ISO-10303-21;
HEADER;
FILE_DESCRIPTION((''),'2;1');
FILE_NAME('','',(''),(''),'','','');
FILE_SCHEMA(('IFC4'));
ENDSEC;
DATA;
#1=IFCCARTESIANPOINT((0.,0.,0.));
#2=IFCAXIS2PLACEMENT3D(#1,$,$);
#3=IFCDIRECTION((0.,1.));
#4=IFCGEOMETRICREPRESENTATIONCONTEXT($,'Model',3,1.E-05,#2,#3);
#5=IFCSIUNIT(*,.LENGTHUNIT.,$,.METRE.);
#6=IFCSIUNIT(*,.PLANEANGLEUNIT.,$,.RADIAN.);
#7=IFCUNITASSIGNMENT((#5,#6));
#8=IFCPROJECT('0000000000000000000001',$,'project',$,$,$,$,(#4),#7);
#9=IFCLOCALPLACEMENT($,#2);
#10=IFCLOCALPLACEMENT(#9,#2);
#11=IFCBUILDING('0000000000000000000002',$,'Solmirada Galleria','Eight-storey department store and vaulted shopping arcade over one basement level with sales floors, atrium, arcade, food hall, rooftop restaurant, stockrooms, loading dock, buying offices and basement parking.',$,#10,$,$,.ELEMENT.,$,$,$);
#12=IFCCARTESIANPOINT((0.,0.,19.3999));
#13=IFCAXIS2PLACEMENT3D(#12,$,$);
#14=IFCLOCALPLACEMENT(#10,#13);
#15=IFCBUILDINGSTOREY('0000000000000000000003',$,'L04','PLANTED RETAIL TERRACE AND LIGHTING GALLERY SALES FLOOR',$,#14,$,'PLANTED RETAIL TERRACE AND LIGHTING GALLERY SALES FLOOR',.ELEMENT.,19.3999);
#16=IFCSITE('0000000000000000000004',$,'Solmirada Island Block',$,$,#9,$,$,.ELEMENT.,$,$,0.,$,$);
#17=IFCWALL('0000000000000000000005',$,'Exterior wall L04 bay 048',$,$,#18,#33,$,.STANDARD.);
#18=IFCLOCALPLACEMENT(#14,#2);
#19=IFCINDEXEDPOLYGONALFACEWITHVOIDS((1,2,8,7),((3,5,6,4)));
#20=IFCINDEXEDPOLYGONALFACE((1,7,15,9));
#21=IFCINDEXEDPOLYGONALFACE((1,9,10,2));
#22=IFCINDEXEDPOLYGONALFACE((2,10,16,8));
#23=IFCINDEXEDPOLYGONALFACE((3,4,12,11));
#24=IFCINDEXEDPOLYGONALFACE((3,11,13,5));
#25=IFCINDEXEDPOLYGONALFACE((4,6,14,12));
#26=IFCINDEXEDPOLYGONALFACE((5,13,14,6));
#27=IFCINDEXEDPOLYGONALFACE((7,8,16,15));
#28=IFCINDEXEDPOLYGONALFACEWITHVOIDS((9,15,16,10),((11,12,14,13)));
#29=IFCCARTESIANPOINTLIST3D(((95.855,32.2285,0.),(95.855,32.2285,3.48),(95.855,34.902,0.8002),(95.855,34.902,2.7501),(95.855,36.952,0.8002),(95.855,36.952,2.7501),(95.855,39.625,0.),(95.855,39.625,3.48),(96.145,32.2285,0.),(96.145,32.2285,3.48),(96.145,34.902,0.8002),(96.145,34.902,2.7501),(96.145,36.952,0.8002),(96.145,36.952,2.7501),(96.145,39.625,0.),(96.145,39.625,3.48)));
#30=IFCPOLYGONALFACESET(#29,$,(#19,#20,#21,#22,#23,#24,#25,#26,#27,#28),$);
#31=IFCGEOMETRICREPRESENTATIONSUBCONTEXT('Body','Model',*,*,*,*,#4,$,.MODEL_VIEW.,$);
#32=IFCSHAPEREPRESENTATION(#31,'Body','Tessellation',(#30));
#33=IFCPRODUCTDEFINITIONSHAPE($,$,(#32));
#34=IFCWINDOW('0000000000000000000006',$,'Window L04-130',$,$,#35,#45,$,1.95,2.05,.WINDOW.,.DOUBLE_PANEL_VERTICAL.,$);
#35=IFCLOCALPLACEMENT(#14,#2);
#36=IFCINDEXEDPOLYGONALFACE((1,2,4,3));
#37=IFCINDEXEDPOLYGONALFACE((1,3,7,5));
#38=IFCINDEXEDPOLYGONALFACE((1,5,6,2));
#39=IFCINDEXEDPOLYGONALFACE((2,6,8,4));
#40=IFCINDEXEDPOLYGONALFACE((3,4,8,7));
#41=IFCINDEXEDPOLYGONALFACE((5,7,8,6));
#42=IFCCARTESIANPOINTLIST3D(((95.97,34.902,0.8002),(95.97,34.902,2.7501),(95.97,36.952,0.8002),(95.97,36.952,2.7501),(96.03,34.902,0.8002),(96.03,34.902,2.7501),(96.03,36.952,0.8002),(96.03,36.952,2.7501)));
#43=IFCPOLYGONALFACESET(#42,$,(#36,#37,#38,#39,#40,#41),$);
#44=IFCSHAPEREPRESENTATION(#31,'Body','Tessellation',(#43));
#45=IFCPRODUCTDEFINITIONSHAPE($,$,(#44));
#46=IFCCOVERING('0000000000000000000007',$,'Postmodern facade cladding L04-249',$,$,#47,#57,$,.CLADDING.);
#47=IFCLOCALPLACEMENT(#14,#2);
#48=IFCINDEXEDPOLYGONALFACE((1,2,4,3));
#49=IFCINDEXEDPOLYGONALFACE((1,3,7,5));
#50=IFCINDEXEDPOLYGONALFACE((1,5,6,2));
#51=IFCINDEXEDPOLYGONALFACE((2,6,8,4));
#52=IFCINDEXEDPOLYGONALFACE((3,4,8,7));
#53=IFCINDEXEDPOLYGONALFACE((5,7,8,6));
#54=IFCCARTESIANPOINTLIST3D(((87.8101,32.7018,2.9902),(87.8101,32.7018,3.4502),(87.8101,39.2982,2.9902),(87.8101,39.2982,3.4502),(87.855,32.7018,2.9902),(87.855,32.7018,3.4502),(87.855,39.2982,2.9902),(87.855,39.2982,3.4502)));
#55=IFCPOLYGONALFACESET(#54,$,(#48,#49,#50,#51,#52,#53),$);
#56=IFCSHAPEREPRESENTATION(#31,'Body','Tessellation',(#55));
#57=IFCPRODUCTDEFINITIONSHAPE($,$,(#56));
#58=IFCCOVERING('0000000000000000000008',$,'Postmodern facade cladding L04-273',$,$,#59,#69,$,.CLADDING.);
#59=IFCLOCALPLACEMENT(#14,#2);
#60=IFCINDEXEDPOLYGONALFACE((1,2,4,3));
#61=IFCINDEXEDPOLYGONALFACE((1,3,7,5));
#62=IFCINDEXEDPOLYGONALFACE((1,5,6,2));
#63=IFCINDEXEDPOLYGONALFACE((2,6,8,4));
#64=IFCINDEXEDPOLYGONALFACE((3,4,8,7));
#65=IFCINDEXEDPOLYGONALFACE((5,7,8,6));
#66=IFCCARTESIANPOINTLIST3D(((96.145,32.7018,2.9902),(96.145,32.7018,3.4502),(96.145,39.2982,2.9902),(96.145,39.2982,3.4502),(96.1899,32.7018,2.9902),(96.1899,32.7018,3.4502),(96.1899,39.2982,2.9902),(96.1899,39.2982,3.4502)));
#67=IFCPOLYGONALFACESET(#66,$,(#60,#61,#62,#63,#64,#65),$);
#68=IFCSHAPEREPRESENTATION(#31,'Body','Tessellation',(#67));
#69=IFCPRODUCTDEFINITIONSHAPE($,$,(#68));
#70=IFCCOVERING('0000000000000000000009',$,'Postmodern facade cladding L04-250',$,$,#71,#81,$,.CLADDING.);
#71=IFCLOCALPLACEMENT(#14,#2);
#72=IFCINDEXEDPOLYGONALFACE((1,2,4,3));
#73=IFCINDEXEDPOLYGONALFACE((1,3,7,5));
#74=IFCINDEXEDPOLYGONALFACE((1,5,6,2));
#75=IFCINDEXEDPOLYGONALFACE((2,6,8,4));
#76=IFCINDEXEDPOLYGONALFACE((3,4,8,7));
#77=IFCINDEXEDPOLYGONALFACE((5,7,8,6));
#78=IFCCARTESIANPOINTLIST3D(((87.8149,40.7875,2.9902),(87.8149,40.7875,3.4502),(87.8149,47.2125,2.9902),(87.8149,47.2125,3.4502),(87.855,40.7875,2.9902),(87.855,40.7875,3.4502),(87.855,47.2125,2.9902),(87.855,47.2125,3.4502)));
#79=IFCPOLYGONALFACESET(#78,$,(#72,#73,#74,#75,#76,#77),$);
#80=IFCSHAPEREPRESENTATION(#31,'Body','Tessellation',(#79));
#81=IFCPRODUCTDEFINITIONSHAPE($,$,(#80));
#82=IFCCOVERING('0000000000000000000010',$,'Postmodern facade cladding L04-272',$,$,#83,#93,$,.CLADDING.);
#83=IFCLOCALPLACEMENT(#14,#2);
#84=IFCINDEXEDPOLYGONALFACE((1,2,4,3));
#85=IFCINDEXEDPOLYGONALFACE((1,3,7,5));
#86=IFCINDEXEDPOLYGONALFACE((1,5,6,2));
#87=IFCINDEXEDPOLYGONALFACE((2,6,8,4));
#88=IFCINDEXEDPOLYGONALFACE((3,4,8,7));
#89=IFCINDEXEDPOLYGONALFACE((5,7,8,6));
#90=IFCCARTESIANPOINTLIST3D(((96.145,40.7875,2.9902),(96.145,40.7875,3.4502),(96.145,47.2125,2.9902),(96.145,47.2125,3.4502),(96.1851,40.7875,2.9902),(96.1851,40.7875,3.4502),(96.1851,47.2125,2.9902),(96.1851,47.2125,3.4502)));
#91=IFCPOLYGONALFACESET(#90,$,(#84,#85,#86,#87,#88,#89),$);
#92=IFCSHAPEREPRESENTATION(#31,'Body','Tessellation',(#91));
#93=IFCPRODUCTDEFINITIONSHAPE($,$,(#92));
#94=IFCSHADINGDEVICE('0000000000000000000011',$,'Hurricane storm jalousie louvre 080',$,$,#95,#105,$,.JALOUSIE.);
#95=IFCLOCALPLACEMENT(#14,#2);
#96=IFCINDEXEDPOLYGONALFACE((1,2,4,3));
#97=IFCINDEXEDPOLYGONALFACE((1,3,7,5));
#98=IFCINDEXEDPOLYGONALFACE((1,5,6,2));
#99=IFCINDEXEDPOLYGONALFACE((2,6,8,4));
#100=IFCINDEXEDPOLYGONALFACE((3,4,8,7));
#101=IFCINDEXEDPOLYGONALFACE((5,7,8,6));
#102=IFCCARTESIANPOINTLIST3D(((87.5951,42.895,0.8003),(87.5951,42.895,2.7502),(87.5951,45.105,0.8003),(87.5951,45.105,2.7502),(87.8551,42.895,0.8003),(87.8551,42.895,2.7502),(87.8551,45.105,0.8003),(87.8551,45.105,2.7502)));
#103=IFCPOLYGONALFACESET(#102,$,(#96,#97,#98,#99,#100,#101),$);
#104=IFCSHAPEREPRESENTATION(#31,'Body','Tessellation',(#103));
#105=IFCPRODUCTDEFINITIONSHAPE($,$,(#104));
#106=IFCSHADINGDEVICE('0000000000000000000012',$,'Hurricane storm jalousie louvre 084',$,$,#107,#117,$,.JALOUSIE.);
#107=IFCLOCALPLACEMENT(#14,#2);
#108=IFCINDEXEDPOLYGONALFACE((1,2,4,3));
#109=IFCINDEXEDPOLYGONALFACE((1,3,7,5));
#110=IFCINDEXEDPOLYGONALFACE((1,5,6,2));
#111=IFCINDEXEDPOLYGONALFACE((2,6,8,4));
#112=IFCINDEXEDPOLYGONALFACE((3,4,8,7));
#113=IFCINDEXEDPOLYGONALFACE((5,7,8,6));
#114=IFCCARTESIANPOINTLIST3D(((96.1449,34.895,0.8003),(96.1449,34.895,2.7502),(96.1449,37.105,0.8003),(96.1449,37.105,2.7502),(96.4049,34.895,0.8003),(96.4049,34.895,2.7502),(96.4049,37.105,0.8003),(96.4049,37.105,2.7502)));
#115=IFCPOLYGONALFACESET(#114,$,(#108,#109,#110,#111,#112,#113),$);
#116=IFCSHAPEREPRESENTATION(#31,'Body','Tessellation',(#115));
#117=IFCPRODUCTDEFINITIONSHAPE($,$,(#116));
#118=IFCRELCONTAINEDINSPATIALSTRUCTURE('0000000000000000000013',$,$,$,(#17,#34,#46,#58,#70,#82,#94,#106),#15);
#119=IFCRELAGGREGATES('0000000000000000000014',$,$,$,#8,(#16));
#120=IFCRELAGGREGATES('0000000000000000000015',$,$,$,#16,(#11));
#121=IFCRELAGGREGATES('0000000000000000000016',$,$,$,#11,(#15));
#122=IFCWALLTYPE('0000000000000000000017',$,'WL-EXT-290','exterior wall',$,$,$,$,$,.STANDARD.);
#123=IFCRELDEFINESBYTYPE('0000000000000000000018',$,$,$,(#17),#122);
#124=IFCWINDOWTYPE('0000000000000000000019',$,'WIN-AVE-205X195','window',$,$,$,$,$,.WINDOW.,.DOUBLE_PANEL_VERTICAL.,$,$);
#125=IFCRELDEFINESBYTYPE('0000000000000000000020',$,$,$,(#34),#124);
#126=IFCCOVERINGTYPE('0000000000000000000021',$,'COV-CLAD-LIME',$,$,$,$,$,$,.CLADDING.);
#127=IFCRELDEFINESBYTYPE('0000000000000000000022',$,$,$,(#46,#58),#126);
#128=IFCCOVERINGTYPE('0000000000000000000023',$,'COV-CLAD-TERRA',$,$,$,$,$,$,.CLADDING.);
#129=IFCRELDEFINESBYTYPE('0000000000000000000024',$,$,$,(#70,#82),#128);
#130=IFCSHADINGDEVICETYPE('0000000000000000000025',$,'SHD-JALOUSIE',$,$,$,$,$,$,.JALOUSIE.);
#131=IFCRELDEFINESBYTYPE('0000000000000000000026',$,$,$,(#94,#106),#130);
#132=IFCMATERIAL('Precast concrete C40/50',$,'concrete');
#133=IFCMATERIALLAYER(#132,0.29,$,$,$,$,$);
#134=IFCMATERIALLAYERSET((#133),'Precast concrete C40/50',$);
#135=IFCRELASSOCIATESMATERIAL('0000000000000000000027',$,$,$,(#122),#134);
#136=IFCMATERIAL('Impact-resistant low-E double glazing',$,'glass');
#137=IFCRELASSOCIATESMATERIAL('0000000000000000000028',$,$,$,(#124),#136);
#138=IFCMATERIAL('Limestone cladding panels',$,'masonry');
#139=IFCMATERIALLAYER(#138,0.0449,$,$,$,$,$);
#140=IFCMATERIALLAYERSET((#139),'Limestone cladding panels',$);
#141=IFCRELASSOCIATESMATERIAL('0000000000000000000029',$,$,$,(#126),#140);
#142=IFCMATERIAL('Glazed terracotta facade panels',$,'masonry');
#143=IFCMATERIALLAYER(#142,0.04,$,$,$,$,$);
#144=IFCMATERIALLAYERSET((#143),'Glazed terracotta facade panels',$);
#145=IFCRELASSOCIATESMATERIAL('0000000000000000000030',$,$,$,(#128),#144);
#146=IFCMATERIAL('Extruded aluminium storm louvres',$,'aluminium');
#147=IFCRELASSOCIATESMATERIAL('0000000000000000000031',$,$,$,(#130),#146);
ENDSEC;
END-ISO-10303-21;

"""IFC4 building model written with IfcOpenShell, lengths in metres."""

from ifc_helpers import new_model, si_unit, direction, frame, frame_2d, origin, origin_2d, place, context, subcontext, project, spatial, rectangle, extrude, material, layer, layer_set, type_object, element, fill, save


model = new_model("IFC4")

# Units and contexts
model_context = context("Model", 3, precision=1e-05, world=origin(), true_north=direction((0.0, 1.0)))
body_context = subcontext(model_context, "Body", "Model", "MODEL_VIEW")
ifc_project = project(units=[si_unit("LENGTHUNIT", "METRE"), si_unit("PLANEANGLEUNIT", "RADIAN")], contexts=[model_context])

# Site, building, storey
site_placement = place(None, origin())
site = spatial("IfcSite", under=ifc_project, at=site_placement, Name="Solmirada Island Block", CompositionType="ELEMENT", RefElevation=0.0)
building_placement = place(site_placement, origin())
building = spatial("IfcBuilding", under=site, at=building_placement, Name="Solmirada Galleria", Description="Eight-storey department store and vaulted shopping arcade over one basement level with sales floors, atrium, arcade, food hall, rooftop restaurant, stockrooms, loading dock, buying offices and basement parking.", CompositionType="ELEMENT")
storey_placement = place(building_placement, frame((0.0, 0.0, 19.3999)))
storey = spatial("IfcBuildingStorey", under=building, at=storey_placement, Name="L04", Description="PLANTED RETAIL TERRACE AND LIGHTING GALLERY SALES FLOOR", LongName="PLANTED RETAIL TERRACE AND LIGHTING GALLERY SALES FLOOR", CompositionType="ELEMENT", Elevation=19.3999)

# Shared definitions
ifc_material_1 = material(Name="Impact-resistant low-E double glazing", Category="glass")

# Wall, opening, window
ifc_material_2 = material(Name="Precast concrete C40/50", Category="concrete")
ifc_layer_1 = layer(ifc_material_2, 0.29)
ifc_layer_set_1 = layer_set([ifc_layer_1], Name="Precast concrete C40/50")
wall_type = type_object("IfcWallType", Name="WL-EXT-290", Description="exterior wall", PredefinedType="STANDARD", material=ifc_layer_set_1)
window_type = type_object("IfcWindowType", Name="WIN-AVE-205X195", Description="window", PartitioningType="DOUBLE_PANEL_VERTICAL", PredefinedType="WINDOW", material=ifc_material_1)
wall_1_placement = place(storey_placement, frame((96.0, 39.625, 0.0), z_axis=(0.0, 0.0, 1.0), x_axis=(0.0, -1.0, 0.0)))
wall_1 = element("IfcWall", 1, at=wall_1_placement, inside=storey, type_object=wall_type, Name="Exterior wall L04 bay 048", PredefinedType="STANDARD", context=body_context, shape_type="SweptSolid", body=[
    extrude(rectangle(XDim=7.3965, YDim=0.29, at=frame_2d((3.6982, 0.0))), origin(), (0.0, 0.0, 1.0), 3.48),
])
opening_1_placement = place(wall_1_placement, frame((2.6731, 0.0, 0.8)))
opening_1 = element("IfcOpeningElement", 2, at=opening_1_placement, cuts=wall_1, PredefinedType="OPENING", context=body_context, shape_type="SweptSolid", body=[
    extrude(rectangle(XDim=2.05, YDim=1.95, at=frame_2d((1.0249, 0.9751))), frame((0.0, 0.155, 0.0), z_axis=(0.0, -1.0, 0.0), x_axis=(1.0, 0.0, 0.0)), (0.0, 0.0, 1.0), 0.3101),
])
window_1_placement = place(opening_1_placement, origin())
window_1 = element("IfcWindow", 3, at=window_1_placement, inside=storey, type_object=window_type, Name="Window L04-130", OverallHeight=1.95, OverallWidth=2.05, PartitioningType="DOUBLE_PANEL_VERTICAL", PredefinedType="WINDOW", context=body_context, shape_type="SweptSolid", body=[
    extrude(rectangle(XDim=2.05, YDim=1.95, at=frame_2d((1.0249, 0.9751))), frame((0.0, 0.03, 0.0), z_axis=(0.0, -1.0, 0.0), x_axis=(1.0, 0.0, 0.0)), (0.0, 0.0, 1.0), 0.0601),
])
fill(opening_1, window_1)

# Coverings
ifc_material_3 = material(Name="Limestone cladding panels", Category="masonry")
ifc_layer_2 = layer(ifc_material_3, 0.0449)
ifc_layer_set_2 = layer_set([ifc_layer_2], Name="Limestone cladding panels")
covering_type_1 = type_object("IfcCoveringType", Name="COV-CLAD-LIME", PredefinedType="CLADDING", material=ifc_layer_set_2)
for number, where, z_axis, x_axis, name in (
    (4, (87.8325, 36.0, 2.9902), (0.0, 0.0, 1.0), (0.0, 1.0, 0.0), "Postmodern facade cladding L04-249"),
    (5, (96.1675, 36.0, 2.9902), (0.0, 0.0, 1.0), (0.0, -1.0, 0.0), "Postmodern facade cladding L04-273"),
):
    element("IfcCovering", number, at=place(storey_placement, frame(where, z_axis=z_axis, x_axis=x_axis)), inside=storey, type_object=covering_type_1, Name=name, PredefinedType="CLADDING", context=body_context, shape_type="SweptSolid", body=[
        extrude(rectangle(XDim=6.5964, YDim=0.0449, at=origin_2d()), origin(), (0.0, 0.0, 1.0), 0.46),
    ])
ifc_material_4 = material(Name="Glazed terracotta facade panels", Category="masonry")
ifc_layer_3 = layer(ifc_material_4, 0.04)
ifc_layer_set_3 = layer_set([ifc_layer_3], Name="Glazed terracotta facade panels")
covering_type_2 = type_object("IfcCoveringType", Name="COV-CLAD-TERRA", PredefinedType="CLADDING", material=ifc_layer_set_3)
for number, where, z_axis, x_axis, name in (
    (6, (87.835, 44.0, 2.9902), (0.0, 0.0, 1.0), (0.0, 1.0, 0.0), "Postmodern facade cladding L04-250"),
    (7, (96.165, 44.0, 2.9902), (0.0, 0.0, 1.0), (0.0, -1.0, 0.0), "Postmodern facade cladding L04-272"),
):
    element("IfcCovering", number, at=place(storey_placement, frame(where, z_axis=z_axis, x_axis=x_axis)), inside=storey, type_object=covering_type_2, Name=name, PredefinedType="CLADDING", context=body_context, shape_type="SweptSolid", body=[
        extrude(rectangle(XDim=6.425, YDim=0.04, at=origin_2d()), origin(), (0.0, 0.0, 1.0), 0.46),
    ])

# Shading devices
ifc_material_5 = material(Name="Extruded aluminium storm louvres", Category="aluminium")
shading_device_type = type_object("IfcShadingDeviceType", Name="SHD-JALOUSIE", PredefinedType="JALOUSIE", material=ifc_material_5)
for number, where, z_axis, x_axis, name in (
    (8, (87.7251, 44.0, 0.8003), (0.0, 0.0, 1.0), (0.0, 1.0, 0.0), "Hurricane storm jalousie louvre 080"),
    (9, (96.2749, 36.0, 0.8003), (0.0, 0.0, 1.0), (0.0, -1.0, 0.0), "Hurricane storm jalousie louvre 084"),
):
    element("IfcShadingDevice", number, at=place(storey_placement, frame(where, z_axis=z_axis, x_axis=x_axis)), inside=storey, type_object=shading_device_type, Name=name, PredefinedType="JALOUSIE", context=body_context, shape_type="SweptSolid", body=[
        extrude(rectangle(XDim=2.21, YDim=0.26, at=origin_2d()), origin(), (0.0, 0.0, 1.0), 1.95),
    ])

save(model, "model.ifc")
